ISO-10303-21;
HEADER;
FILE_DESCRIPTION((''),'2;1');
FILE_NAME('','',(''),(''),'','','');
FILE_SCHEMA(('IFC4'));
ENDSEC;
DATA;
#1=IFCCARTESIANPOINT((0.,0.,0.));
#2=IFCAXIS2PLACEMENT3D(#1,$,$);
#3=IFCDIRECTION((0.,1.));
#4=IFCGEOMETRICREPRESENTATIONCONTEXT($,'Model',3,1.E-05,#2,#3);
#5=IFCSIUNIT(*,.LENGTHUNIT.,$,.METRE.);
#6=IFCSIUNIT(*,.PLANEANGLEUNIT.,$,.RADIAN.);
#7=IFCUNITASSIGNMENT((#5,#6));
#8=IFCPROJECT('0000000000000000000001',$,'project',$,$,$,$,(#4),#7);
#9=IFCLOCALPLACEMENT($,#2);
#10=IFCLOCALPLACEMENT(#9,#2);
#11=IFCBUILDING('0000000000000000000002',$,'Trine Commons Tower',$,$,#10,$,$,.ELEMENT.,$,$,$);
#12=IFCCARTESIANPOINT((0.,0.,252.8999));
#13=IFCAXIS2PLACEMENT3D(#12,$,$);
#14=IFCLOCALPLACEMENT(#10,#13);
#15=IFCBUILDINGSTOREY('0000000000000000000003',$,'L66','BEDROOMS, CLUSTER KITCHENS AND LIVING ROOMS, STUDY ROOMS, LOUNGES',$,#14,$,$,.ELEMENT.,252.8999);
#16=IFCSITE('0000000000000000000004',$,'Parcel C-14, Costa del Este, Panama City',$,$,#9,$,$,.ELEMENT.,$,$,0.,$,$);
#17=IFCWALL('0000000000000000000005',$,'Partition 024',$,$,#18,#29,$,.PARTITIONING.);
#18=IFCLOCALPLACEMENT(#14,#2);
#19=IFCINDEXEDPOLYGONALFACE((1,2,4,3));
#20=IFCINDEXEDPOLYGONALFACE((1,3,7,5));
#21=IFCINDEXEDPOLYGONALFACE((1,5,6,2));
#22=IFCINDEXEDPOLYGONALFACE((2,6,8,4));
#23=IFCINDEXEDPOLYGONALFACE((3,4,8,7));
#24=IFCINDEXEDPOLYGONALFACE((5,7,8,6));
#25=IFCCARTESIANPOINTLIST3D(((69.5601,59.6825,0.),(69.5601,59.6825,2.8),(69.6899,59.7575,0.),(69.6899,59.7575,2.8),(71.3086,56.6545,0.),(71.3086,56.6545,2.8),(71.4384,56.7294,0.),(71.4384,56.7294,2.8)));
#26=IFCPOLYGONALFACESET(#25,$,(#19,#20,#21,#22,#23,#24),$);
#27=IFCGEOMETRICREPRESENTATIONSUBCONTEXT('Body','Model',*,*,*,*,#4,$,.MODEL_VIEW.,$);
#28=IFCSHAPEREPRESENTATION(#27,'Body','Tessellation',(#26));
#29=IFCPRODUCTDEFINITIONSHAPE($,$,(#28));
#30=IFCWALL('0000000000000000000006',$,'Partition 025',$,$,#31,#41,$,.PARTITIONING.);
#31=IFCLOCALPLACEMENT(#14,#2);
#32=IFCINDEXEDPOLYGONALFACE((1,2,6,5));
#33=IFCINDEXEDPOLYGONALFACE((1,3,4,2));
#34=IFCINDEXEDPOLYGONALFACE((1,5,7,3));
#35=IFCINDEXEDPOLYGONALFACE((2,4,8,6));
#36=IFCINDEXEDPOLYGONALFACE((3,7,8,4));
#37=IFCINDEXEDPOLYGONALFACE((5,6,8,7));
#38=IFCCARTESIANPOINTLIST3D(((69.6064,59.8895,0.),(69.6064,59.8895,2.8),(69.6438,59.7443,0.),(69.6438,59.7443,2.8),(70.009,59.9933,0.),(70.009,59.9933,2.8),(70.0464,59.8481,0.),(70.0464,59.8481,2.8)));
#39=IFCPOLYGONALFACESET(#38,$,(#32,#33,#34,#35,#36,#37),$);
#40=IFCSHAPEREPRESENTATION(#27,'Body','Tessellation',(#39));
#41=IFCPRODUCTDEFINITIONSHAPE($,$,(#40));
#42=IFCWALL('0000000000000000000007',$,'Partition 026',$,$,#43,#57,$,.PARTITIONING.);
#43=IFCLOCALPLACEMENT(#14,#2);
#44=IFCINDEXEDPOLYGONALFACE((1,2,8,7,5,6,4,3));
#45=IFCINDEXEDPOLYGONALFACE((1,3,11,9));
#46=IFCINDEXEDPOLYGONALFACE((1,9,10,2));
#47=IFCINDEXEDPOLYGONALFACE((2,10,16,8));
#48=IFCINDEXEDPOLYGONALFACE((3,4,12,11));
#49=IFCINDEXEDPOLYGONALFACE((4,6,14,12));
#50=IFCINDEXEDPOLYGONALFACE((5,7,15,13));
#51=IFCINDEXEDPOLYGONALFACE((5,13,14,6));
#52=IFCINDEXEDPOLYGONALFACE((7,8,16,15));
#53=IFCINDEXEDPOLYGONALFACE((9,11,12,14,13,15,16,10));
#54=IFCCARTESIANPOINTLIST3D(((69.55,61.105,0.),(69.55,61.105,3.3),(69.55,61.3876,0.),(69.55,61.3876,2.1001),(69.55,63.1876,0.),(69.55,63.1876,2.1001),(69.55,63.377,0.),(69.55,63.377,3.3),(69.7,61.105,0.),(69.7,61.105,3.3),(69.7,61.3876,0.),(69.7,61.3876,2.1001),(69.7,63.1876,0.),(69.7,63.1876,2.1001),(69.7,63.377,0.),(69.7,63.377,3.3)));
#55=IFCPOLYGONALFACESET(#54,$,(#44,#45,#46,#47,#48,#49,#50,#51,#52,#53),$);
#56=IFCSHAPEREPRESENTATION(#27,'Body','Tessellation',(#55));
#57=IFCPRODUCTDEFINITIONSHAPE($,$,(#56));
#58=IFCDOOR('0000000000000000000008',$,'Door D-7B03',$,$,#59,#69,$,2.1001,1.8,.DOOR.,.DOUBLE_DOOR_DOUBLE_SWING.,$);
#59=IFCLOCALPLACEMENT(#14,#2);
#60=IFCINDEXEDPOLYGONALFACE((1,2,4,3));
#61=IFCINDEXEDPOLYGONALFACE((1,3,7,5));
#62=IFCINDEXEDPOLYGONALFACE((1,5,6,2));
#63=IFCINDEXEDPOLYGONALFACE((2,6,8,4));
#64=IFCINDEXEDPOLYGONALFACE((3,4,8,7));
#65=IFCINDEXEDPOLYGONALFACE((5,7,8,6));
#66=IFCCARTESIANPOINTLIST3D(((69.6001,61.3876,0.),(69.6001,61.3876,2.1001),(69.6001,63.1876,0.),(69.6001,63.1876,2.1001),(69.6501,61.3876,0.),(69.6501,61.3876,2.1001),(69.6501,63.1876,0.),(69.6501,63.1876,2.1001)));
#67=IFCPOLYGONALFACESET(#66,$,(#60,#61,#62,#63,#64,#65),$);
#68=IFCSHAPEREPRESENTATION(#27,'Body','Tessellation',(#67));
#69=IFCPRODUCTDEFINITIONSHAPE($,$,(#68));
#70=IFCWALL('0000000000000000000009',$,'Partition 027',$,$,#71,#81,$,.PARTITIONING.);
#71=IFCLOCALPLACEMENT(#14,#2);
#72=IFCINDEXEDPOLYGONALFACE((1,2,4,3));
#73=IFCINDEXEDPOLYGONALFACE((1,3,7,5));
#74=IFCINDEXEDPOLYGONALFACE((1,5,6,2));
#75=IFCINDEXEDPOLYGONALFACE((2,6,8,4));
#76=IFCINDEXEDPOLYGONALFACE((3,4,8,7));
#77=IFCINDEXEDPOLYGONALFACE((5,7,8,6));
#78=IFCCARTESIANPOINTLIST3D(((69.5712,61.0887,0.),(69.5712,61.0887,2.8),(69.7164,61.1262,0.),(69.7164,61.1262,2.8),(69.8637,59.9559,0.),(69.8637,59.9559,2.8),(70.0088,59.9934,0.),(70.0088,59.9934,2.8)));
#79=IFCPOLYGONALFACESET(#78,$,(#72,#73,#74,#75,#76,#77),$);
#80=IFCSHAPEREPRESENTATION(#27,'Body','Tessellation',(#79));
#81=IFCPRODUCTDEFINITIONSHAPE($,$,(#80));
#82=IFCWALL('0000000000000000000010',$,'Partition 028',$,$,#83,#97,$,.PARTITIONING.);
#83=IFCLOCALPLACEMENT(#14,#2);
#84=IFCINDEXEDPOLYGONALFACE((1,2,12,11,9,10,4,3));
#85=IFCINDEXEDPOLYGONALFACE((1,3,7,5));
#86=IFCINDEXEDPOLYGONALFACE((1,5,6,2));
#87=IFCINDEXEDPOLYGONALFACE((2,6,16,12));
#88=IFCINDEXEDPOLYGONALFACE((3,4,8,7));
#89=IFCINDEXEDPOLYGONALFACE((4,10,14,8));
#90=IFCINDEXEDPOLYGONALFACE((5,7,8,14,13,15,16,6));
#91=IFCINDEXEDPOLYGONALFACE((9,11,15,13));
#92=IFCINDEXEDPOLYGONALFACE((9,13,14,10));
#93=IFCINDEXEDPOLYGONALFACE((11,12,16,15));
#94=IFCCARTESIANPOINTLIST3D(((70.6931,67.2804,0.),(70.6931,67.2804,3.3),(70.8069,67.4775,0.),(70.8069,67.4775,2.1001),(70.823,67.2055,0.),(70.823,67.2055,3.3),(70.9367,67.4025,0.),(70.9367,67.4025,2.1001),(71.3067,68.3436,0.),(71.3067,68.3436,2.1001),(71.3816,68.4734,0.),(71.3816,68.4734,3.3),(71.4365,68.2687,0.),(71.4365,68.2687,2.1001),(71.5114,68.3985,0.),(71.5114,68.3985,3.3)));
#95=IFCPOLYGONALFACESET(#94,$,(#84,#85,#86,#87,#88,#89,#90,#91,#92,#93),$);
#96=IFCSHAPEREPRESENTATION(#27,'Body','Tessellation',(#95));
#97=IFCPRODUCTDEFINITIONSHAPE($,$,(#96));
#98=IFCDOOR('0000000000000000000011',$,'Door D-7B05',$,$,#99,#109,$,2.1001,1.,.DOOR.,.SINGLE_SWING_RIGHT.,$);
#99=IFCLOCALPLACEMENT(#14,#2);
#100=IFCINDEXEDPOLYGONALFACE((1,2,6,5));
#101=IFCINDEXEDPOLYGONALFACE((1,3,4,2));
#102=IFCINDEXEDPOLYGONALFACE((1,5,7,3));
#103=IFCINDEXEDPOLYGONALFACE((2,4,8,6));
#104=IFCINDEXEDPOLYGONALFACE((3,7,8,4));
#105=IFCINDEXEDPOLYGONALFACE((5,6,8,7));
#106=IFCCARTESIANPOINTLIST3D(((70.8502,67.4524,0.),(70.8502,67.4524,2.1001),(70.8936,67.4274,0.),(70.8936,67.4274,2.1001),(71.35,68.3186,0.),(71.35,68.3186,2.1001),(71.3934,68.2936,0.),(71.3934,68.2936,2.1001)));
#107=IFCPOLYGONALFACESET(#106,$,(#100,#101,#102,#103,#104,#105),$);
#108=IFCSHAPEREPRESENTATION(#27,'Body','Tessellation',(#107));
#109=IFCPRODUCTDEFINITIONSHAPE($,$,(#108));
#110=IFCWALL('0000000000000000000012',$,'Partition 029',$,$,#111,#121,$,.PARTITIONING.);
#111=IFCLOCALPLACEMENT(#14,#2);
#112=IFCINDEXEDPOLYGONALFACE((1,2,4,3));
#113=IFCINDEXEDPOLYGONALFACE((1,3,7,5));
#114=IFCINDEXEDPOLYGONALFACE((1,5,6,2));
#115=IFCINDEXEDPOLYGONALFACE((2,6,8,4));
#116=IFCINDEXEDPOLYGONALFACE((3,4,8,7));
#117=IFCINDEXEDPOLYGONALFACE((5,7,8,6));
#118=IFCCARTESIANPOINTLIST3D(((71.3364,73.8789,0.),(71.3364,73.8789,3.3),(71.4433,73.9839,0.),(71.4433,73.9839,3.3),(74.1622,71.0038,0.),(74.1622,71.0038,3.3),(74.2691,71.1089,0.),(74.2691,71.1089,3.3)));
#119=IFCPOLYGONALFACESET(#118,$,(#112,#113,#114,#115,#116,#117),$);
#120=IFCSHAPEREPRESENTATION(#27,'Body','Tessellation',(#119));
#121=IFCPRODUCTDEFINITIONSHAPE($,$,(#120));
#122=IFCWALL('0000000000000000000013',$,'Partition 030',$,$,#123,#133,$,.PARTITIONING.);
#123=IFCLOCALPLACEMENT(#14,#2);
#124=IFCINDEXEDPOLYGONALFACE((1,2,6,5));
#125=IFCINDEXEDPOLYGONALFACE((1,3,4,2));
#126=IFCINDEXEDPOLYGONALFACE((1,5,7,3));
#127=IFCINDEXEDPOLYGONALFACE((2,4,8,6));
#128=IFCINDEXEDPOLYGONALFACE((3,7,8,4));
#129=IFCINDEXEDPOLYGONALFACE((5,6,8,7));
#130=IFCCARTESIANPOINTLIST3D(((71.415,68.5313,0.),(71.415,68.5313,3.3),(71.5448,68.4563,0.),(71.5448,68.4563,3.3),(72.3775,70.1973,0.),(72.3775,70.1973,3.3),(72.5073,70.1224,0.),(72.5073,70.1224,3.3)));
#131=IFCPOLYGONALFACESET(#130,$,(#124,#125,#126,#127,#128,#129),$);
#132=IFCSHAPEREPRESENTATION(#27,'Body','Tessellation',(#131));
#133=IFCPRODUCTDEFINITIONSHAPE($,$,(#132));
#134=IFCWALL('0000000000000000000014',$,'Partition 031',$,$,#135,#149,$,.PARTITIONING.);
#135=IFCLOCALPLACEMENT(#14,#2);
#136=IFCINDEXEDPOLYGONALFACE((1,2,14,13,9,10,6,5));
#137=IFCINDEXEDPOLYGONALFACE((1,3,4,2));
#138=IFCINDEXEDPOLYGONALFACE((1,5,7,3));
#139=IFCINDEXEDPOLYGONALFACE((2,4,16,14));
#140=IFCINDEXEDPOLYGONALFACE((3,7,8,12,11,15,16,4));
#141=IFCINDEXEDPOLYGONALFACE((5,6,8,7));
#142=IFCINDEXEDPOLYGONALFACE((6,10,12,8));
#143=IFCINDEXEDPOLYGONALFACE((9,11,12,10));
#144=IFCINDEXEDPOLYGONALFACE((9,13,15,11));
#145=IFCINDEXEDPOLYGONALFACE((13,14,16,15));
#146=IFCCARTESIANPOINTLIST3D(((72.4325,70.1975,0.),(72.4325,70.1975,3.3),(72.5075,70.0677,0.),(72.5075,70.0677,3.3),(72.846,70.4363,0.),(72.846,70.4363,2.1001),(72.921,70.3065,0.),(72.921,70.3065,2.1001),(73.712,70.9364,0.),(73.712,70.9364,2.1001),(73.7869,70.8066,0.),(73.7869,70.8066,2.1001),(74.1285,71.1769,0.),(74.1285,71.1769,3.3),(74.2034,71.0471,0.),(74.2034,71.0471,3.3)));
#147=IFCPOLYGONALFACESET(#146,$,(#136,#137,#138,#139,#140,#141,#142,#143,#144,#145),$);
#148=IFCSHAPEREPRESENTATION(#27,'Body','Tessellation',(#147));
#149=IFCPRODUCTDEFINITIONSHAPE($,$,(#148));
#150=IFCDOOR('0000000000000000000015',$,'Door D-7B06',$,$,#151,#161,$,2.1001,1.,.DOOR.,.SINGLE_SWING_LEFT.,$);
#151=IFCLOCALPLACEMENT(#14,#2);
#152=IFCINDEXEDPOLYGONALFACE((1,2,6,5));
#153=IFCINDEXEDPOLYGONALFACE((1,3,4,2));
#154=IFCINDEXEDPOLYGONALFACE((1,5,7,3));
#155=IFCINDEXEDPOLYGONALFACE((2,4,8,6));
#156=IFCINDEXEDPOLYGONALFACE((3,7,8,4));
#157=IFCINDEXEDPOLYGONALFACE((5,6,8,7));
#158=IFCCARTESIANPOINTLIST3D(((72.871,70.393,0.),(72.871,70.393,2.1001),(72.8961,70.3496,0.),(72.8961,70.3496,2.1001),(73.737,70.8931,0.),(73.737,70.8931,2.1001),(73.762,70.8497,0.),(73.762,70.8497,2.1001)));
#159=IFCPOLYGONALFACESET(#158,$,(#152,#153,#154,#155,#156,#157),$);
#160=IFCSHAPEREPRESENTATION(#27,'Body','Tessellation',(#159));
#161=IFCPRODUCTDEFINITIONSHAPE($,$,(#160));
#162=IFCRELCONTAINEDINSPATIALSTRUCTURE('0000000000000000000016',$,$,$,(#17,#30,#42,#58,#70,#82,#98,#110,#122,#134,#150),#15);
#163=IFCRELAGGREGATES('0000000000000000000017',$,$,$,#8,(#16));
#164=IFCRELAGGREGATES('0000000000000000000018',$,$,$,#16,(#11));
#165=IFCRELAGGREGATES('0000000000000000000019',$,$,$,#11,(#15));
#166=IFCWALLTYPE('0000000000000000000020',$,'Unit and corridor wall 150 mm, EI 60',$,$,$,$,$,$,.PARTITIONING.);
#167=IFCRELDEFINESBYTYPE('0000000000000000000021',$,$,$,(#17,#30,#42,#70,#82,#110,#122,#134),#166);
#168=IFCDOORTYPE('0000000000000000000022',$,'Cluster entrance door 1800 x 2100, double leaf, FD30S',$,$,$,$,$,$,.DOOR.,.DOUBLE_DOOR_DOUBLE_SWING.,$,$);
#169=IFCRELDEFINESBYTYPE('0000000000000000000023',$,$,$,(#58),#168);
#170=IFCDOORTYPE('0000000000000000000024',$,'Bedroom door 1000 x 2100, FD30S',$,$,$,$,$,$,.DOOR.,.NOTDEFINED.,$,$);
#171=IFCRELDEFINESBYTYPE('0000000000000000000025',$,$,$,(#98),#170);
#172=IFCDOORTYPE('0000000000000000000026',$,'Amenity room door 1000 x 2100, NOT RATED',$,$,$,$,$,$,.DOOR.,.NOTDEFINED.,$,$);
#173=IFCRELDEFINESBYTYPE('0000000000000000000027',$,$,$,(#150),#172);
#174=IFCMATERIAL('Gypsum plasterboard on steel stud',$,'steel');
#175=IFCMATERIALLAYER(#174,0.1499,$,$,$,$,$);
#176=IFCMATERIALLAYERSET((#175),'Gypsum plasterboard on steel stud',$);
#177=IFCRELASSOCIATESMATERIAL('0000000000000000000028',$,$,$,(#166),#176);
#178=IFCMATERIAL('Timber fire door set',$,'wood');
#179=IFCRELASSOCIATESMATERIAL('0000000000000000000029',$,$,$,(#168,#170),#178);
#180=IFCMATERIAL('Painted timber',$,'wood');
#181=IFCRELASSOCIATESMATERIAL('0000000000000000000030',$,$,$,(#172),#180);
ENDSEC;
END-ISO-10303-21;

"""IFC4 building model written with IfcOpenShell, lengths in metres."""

from ifc_helpers import new_model, si_unit, direction, frame, frame_2d, origin, place, context, subcontext, project, spatial, rectangle, extrude, material, layer, layer_set, type_object, element, fill, save


model = new_model("IFC4")

# Units and contexts
model_context = context("Model", 3, precision=1e-05, world=origin(), true_north=direction((0.0, 1.0)))
body_context = subcontext(model_context, "Body", "Model", "MODEL_VIEW")
ifc_project = project(units=[si_unit("LENGTHUNIT", "METRE"), si_unit("PLANEANGLEUNIT", "RADIAN")], contexts=[model_context])

# Site, building, storey
site_placement = place(None, origin())
site = spatial("IfcSite", under=ifc_project, at=site_placement, Name="Parcel C-14, Costa del Este, Panama City", CompositionType="ELEMENT", RefElevation=0.0)
building_placement = place(site_placement, origin())
building = spatial("IfcBuilding", under=site, at=building_placement, Name="Trine Commons Tower", CompositionType="ELEMENT")
storey_placement = place(building_placement, frame((0.0, 0.0, 252.8999)))
storey = spatial("IfcBuildingStorey", under=building, at=storey_placement, Name="L66", Description="BEDROOMS, CLUSTER KITCHENS AND LIVING ROOMS, STUDY ROOMS, LOUNGES", CompositionType="ELEMENT", Elevation=252.8999)

# Walls
ifc_material_1 = material(Name="Gypsum plasterboard on steel stud", Category="steel")
ifc_layer_1 = layer(ifc_material_1, 0.1499)
ifc_layer_set_1 = layer_set([ifc_layer_1], Name="Gypsum plasterboard on steel stud")
wall_type_1 = type_object("IfcWallType", Name="Unit and corridor wall 150 mm, EI 60", PredefinedType="PARTITIONING", material=ifc_layer_set_1)
wall_1_placement = place(storey_placement, frame((69.625, 59.72, 0.0), z_axis=(0.0, 0.0, 1.0), x_axis=(0.500059, -0.865991, 0.0)))
element("IfcWall", 1, at=wall_1_placement, inside=storey, type_object=wall_type_1, Name="Partition 024", PredefinedType="PARTITIONING", context=body_context, shape_type="SweptSolid", body=[
    extrude(rectangle(XDim=3.4966, YDim=0.1499, at=frame_2d((1.7483, 0.0))), origin(), (0.0, 0.0, 1.0), 2.8),
])
wall_2_placement = place(storey_placement, frame((69.625, 59.8169, 0.0), z_axis=(0.0, 0.0, 1.0), x_axis=(0.968355, 0.249576, 0.0)))
element("IfcWall", 2, at=wall_2_placement, inside=storey, type_object=wall_type_1, Name="Partition 025", PredefinedType="PARTITIONING", context=body_context, shape_type="SweptSolid", body=[
    extrude(rectangle(XDim=0.4158, YDim=0.1499, at=frame_2d((0.208, 0.0))), origin(), (0.0, 0.0, 1.0), 2.8),
])

# Wall, opening, door
wall_3_placement = place(storey_placement, frame((69.625, 61.105, 0.0), z_axis=(0.0, 0.0, 1.0), x_axis=(0.0, 1.0, 0.0)))
wall_3 = element("IfcWall", 3, at=wall_3_placement, inside=storey, type_object=wall_type_1, Name="Partition 026", PredefinedType="PARTITIONING", context=body_context, shape_type="SweptSolid", body=[
    extrude(rectangle(XDim=2.272, YDim=0.1499, at=frame_2d((1.136, 0.0))), origin(), (0.0, 0.0, 1.0), 3.3),
])
opening_1_placement = place(wall_3_placement, frame((0.2827, 0.0, 0.0)))
opening_1 = element("IfcOpeningElement", 4, at=opening_1_placement, cuts=wall_3, PredefinedType="OPENING", context=body_context, shape_type="SweptSolid", body=[
    extrude(rectangle(XDim=1.8, YDim=2.1001, at=frame_2d((0.8999, 1.05))), frame((0.0, 0.085, 0.0), z_axis=(0.0, -1.0, 0.0), x_axis=(1.0, 0.0, 0.0)), (0.0, 0.0, 1.0), 0.1699),
])
ifc_material_2 = material(Name="Timber fire door set", Category="wood")
door_type_1 = type_object("IfcDoorType", Name="Cluster entrance door 1800 x 2100, double leaf, FD30S", OperationType="DOUBLE_DOOR_DOUBLE_SWING", PredefinedType="DOOR", material=ifc_material_2)
door_1_placement = place(opening_1_placement, origin())
door_1 = element("IfcDoor", 5, at=door_1_placement, inside=storey, type_object=door_type_1, Name="Door D-7B03", OperationType="DOUBLE_DOOR_DOUBLE_SWING", OverallHeight=2.1001, OverallWidth=1.8, PredefinedType="DOOR", context=body_context, shape_type="SweptSolid", body=[
    extrude(rectangle(XDim=1.8, YDim=2.1001, at=frame_2d((0.8999, 1.05))), frame((0.0, 0.0249, 0.0), z_axis=(0.0, -1.0, 0.0), x_axis=(1.0, 0.0, 0.0)), (0.0, 0.0, 1.0), 0.05),
])
fill(opening_1, door_1)

# Wall
wall_4_placement = place(storey_placement, frame((69.6438, 61.1074, 0.0), z_axis=(0.0, 0.0, 1.0), x_axis=(0.249992, -0.968248, 0.0)))
element("IfcWall", 6, at=wall_4_placement, inside=storey, type_object=wall_type_1, Name="Partition 027", PredefinedType="PARTITIONING", context=body_context, shape_type="SweptSolid", body=[
    extrude(rectangle(XDim=1.1699, YDim=0.1499, at=frame_2d((0.585, 0.0))), origin(), (0.0, 0.0, 1.0), 2.8),
])

# Wall, opening, door
wall_5_placement = place(storey_placement, frame((70.7581, 67.2429, 0.0), z_axis=(0.0, 0.0, 1.0), x_axis=(0.499799, 0.866141, 0.0)))
wall_5 = element("IfcWall", 7, at=wall_5_placement, inside=storey, type_object=wall_type_1, Name="Partition 028", PredefinedType="PARTITIONING", context=body_context, shape_type="SweptSolid", body=[
    extrude(rectangle(XDim=1.3774, YDim=0.1499, at=frame_2d((0.6887, 0.0))), origin(), (0.0, 0.0, 1.0), 3.3),
])
opening_2_placement = place(wall_5_placement, frame((0.2275, 0.0, 0.0)))
opening_2 = element("IfcOpeningElement", 8, at=opening_2_placement, cuts=wall_5, PredefinedType="OPENING", context=body_context, shape_type="SweptSolid", body=[
    extrude(rectangle(XDim=1.0, YDim=2.1001, at=frame_2d((0.5, 1.05))), frame((0.0, 0.085, 0.0), z_axis=(0.0, -1.0, 0.0), x_axis=(1.0, 0.0, 0.0)), (0.0, 0.0, 1.0), 0.1699),
])
door_type_2 = type_object("IfcDoorType", Name="Bedroom door 1000 x 2100, FD30S", OperationType="NOTDEFINED", PredefinedType="DOOR", material=ifc_material_2)
door_2_placement = place(opening_2_placement, origin())
door_2 = element("IfcDoor", 9, at=door_2_placement, inside=storey, type_object=door_type_2, Name="Door D-7B05", OperationType="SINGLE_SWING_RIGHT", OverallHeight=2.1001, OverallWidth=1.0, PredefinedType="DOOR", context=body_context, shape_type="SweptSolid", body=[
    extrude(rectangle(XDim=1.0, YDim=2.1001, at=frame_2d((0.5, 1.05))), frame((0.0, 0.0249, 0.0), z_axis=(0.0, -1.0, 0.0), x_axis=(1.0, 0.0, 0.0)), (0.0, 0.0, 1.0), 0.05),
])
fill(opening_2, door_2)

# Walls
wall_6_placement = place(storey_placement, frame((71.3899, 73.9314, 0.0), z_axis=(0.0, 0.0, 1.0), x_axis=(0.700963, -0.713197, 0.0)))
element("IfcWall", 10, at=wall_6_placement, inside=storey, type_object=wall_type_1, Name="Partition 029", PredefinedType="PARTITIONING", context=body_context, shape_type="SweptSolid", body=[
    extrude(rectangle(XDim=4.0312, YDim=0.1499, at=frame_2d((2.0156, 0.0))), origin(), (0.0, 0.0, 1.0), 3.3),
])
wall_7_placement = place(storey_placement, frame((71.48, 68.4939, 0.0), z_axis=(0.0, 0.0, 1.0), x_axis=(0.500206, 0.865907, 0.0)))
element("IfcWall", 11, at=wall_7_placement, inside=storey, type_object=wall_type_1, Name="Partition 030", PredefinedType="PARTITIONING", context=body_context, shape_type="SweptSolid", body=[
    extrude(rectangle(XDim=1.9241, YDim=0.1499, at=frame_2d((0.9619, 0.0))), origin(), (0.0, 0.0, 1.0), 3.3),
])

# Wall, opening, door
wall_8_placement = place(storey_placement, frame((72.47, 70.1326, 0.0), z_axis=(0.0, 0.0, 1.0), x_axis=(0.865963, 0.500107, 0.0)))
wall_8 = element("IfcWall", 12, at=wall_8_placement, inside=storey, type_object=wall_type_1, Name="Partition 031", PredefinedType="PARTITIONING", context=body_context, shape_type="SweptSolid", body=[
    extrude(rectangle(XDim=1.9585, YDim=0.1499, at=frame_2d((0.9792, 0.0))), origin(), (0.0, 0.0, 1.0), 3.3),
])
opening_3_placement = place(wall_8_placement, frame((0.4775, 0.0, 0.0)))
opening_3 = element("IfcOpeningElement", 13, at=opening_3_placement, cuts=wall_8, PredefinedType="OPENING", context=body_context, shape_type="SweptSolid", body=[
    extrude(rectangle(XDim=1.0, YDim=2.1001, at=frame_2d((0.5, 1.05))), frame((0.0, 0.085, 0.0), z_axis=(0.0, -1.0, 0.0), x_axis=(1.0, 0.0, 0.0)), (0.0, 0.0, 1.0), 0.1699),
])
ifc_material_3 = material(Name="Painted timber", Category="wood")
door_type_3 = type_object("IfcDoorType", Name="Amenity room door 1000 x 2100, NOT RATED", OperationType="NOTDEFINED", PredefinedType="DOOR", material=ifc_material_3)
door_3_placement = place(opening_3_placement, origin())
door_3 = element("IfcDoor", 14, at=door_3_placement, inside=storey, type_object=door_type_3, Name="Door D-7B06", OperationType="SINGLE_SWING_LEFT", OverallHeight=2.1001, OverallWidth=1.0, PredefinedType="DOOR", context=body_context, shape_type="SweptSolid", body=[
    extrude(rectangle(XDim=1.0, YDim=2.1001, at=frame_2d((0.5, 1.05))), frame((0.0, 0.0249, 0.0), z_axis=(0.0, -1.0, 0.0), x_axis=(1.0, 0.0, 0.0)), (0.0, 0.0, 1.0), 0.05),
])
fill(opening_3, door_3)

save(model, "model.ifc")
